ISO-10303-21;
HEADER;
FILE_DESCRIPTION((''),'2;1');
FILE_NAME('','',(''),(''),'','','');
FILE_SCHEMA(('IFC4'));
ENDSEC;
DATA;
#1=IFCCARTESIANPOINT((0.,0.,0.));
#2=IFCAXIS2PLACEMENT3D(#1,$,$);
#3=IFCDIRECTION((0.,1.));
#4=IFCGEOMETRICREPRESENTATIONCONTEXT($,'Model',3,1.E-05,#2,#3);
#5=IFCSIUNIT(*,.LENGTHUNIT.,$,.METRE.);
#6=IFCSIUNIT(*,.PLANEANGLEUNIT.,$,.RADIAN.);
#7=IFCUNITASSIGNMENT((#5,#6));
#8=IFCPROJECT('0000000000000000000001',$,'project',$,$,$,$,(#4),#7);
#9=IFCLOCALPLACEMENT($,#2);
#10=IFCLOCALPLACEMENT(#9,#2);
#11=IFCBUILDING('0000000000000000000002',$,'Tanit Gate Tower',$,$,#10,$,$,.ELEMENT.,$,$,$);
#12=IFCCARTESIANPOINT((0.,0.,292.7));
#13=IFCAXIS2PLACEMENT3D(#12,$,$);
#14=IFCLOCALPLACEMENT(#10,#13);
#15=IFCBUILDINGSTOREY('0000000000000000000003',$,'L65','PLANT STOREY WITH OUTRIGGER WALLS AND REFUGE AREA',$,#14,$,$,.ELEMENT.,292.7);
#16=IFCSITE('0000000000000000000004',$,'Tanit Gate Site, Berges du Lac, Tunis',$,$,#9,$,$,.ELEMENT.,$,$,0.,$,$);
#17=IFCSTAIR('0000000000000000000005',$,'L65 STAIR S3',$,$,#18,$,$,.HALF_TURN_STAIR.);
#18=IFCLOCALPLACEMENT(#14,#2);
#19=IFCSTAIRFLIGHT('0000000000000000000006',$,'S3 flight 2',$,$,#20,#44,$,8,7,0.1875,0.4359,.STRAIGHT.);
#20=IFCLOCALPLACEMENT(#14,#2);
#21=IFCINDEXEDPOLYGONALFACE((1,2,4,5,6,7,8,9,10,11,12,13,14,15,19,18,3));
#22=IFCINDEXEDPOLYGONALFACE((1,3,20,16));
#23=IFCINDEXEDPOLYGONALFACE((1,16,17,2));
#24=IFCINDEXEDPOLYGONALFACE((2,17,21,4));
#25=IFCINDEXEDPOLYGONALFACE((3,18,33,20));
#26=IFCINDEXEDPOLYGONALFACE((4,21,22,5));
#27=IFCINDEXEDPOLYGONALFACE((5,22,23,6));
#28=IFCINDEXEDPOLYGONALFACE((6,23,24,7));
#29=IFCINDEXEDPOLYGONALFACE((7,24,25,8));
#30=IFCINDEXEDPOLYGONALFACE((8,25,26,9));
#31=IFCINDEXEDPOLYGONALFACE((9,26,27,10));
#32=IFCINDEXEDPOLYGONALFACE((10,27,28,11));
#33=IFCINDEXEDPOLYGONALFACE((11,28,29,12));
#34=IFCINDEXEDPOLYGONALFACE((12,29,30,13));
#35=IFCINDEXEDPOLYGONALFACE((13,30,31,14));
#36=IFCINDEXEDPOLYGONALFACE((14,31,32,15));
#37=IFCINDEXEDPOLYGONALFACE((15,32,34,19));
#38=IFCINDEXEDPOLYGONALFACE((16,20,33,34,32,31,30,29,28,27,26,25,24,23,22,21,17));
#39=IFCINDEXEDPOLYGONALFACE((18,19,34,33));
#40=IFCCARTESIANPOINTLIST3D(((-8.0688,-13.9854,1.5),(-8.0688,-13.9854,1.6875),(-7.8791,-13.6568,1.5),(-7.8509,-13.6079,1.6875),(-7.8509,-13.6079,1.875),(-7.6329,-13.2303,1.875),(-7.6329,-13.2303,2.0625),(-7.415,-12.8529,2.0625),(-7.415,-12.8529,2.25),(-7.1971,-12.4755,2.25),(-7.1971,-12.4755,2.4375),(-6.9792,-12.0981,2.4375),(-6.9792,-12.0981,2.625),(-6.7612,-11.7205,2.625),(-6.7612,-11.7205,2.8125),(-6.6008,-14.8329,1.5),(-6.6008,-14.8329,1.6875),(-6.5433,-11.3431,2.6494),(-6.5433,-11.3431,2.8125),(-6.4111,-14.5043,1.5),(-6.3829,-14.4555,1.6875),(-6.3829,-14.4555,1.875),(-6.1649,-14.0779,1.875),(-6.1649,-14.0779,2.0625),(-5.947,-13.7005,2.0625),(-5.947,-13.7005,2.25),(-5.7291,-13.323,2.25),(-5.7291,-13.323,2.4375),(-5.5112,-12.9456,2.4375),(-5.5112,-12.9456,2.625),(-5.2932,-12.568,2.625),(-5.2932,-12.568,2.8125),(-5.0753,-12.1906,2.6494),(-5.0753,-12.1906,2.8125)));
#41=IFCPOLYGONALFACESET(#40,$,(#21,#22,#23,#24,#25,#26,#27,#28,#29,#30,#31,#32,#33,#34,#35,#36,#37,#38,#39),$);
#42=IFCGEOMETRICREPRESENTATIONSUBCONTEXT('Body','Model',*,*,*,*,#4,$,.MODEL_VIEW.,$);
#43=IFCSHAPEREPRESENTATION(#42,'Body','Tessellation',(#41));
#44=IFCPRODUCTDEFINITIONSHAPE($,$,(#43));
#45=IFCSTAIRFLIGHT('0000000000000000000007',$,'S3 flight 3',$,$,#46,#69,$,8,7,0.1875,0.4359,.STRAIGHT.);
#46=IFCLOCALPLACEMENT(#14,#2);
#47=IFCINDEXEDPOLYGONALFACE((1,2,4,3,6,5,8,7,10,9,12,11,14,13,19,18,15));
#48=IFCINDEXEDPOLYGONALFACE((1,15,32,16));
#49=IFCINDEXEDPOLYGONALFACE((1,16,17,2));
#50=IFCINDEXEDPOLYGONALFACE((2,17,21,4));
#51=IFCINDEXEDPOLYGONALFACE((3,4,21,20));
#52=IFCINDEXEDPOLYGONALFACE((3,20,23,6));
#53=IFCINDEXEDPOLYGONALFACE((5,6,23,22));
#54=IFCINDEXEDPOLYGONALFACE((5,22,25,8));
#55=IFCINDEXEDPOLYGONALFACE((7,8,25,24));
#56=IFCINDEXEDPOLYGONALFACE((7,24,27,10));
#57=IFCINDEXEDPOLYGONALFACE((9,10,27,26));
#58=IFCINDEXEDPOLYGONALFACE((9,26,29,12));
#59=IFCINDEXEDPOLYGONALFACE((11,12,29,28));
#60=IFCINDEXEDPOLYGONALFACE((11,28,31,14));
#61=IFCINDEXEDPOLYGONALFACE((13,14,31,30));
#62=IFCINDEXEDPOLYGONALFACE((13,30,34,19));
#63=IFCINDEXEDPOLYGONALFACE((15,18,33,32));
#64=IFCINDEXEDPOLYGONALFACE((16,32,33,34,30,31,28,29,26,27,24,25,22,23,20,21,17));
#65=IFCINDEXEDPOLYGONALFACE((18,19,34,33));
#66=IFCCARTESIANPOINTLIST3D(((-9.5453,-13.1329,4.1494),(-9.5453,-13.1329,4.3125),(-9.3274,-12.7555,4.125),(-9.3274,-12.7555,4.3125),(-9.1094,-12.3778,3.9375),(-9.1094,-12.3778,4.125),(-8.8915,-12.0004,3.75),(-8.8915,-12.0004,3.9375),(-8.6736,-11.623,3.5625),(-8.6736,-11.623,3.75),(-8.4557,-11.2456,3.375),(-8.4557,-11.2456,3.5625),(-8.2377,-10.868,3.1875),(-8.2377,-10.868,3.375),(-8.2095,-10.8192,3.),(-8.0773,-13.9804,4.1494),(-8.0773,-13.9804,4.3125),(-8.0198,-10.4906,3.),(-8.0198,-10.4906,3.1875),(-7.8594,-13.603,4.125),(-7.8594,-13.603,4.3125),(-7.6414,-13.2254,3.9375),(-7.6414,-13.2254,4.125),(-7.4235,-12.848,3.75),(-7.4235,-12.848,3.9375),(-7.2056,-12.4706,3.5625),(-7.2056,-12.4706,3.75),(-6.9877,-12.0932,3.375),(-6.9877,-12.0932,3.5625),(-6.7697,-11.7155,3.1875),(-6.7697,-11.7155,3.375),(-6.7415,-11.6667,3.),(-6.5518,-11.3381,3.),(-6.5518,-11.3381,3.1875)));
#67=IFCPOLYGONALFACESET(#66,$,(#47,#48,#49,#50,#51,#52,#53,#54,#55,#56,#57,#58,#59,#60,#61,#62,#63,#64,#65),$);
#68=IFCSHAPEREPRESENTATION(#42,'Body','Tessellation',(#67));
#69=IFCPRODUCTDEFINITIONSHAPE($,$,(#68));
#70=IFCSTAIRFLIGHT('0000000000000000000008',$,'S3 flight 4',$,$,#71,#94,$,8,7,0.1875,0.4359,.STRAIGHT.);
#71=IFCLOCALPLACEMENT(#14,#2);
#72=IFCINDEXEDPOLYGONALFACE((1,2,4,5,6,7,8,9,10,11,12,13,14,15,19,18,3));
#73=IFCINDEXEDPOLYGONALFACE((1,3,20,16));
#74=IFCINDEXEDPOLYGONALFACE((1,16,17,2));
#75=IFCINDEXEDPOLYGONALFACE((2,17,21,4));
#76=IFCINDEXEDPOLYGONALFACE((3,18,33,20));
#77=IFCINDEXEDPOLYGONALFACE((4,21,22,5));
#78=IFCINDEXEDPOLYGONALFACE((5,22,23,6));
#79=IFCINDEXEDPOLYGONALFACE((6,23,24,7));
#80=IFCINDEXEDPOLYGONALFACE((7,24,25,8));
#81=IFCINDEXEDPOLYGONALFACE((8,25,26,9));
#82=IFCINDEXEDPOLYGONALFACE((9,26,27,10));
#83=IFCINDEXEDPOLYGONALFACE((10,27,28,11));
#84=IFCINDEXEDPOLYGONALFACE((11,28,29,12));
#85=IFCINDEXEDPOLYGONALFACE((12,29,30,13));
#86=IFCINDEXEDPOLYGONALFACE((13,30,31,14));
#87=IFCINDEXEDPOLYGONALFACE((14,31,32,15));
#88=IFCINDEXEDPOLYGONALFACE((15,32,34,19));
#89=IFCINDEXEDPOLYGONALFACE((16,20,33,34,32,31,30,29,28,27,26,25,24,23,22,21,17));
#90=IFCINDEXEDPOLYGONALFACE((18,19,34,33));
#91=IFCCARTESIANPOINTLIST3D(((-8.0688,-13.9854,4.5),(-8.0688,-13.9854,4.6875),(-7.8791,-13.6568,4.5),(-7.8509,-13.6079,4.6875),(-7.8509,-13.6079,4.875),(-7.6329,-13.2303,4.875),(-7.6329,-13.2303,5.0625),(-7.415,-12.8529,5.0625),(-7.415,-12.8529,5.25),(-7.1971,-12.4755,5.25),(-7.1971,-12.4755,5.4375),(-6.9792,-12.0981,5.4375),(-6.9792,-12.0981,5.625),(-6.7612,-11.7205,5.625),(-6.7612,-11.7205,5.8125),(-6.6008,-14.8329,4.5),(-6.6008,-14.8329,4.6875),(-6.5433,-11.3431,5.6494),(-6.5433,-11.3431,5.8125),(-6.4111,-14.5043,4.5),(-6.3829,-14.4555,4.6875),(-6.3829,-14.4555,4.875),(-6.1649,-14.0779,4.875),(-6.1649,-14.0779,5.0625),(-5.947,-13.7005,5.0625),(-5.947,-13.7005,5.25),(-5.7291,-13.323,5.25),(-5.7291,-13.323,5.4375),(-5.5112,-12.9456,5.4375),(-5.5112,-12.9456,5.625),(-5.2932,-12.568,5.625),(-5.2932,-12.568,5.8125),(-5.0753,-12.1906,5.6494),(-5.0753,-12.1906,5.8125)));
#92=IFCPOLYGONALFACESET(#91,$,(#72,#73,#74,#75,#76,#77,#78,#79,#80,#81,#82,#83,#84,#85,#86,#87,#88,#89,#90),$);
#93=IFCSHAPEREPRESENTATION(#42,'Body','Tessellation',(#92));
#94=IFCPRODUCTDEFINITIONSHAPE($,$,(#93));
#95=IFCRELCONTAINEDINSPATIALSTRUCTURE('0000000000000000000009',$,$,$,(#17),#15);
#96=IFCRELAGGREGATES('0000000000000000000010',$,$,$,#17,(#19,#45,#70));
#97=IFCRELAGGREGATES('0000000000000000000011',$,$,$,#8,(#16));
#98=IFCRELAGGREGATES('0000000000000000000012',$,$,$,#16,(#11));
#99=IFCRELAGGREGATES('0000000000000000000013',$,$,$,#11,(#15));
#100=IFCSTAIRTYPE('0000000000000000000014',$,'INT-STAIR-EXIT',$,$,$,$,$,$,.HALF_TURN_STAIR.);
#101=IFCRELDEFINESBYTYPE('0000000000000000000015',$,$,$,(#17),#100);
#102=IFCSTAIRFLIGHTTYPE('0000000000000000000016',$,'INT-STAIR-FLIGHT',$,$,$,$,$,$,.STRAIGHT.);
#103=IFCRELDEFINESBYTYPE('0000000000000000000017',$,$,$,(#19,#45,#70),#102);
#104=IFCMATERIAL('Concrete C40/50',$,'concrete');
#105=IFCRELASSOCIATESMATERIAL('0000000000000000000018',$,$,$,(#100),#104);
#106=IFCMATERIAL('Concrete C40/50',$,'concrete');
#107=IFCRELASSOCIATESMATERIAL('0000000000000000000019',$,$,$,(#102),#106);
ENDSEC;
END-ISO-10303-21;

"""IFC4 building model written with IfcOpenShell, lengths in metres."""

from ifc_helpers import new_model, si_unit, direction, frame, origin, place, context, subcontext, project, spatial, polyline, outline, extrude, material, type_object, element, aggregate, save


model = new_model("IFC4")

# Units and contexts
model_context = context("Model", 3, precision=1e-05, world=origin(), true_north=direction((0.0, 1.0)))
body_context = subcontext(model_context, "Body", "Model", "MODEL_VIEW")
ifc_project = project(units=[si_unit("LENGTHUNIT", "METRE"), si_unit("PLANEANGLEUNIT", "RADIAN")], contexts=[model_context])

# Site, building, storey
site_placement = place(None, origin())
site = spatial("IfcSite", under=ifc_project, at=site_placement, Name="Tanit Gate Site, Berges du Lac, Tunis", CompositionType="ELEMENT", RefElevation=0.0)
building_placement = place(site_placement, origin())
building = spatial("IfcBuilding", under=site, at=building_placement, Name="Tanit Gate Tower", CompositionType="ELEMENT")
storey_placement = place(building_placement, frame((0.0, 0.0, 292.7)))
storey = spatial("IfcBuildingStorey", under=building, at=storey_placement, Name="L65", Description="PLANT STOREY WITH OUTRIGGER WALLS AND REFUGE AREA", CompositionType="ELEMENT", Elevation=292.7)

# Stair, stair flights
ifc_material_1 = material(Name="Concrete C40/50", Category="concrete")
stair_type = type_object("IfcStairType", Name="INT-STAIR-EXIT", PredefinedType="HALF_TURN_STAIR", material=ifc_material_1)
stair_placement = place(storey_placement, origin())
stair = element("IfcStair", 1, at=stair_placement, inside=storey, type_object=stair_type, Name="L65 STAIR S3", PredefinedType="HALF_TURN_STAIR")
ifc_material_2 = material(Name="Concrete C40/50", Category="concrete")
stair_flight_type = type_object("IfcStairFlightType", Name="INT-STAIR-FLIGHT", PredefinedType="STRAIGHT", material=ifc_material_2)
stair_flight_1_placement = place(storey_placement, frame((-7.3347, -14.4092, 1.5), z_axis=(0.0, 0.0, 1.0), x_axis=(0.5, 0.866025, 0.0)))
stair_flight_1 = element("IfcStairFlight", 2, at=stair_flight_1_placement, type_object=stair_flight_type, Name="S3 flight 2", NumberOfRisers=8, NumberOfTreads=7, PredefinedType="STRAIGHT", RiserHeight=0.1875, TreadLength=0.4359, context=body_context, shape_type="SweptSolid", body=[
    extrude(outline(polyline([(0.0, 0.0), (0.0, 0.1875), (0.4358, 0.1875), (0.4358, 0.375), (0.8718, 0.375), (0.8718, 0.5625), (1.3076, 0.5625), (1.3076, 0.75), (1.7434, 0.75), (1.7434, 0.9375), (2.1792, 0.9375), (2.1792, 1.125), (2.6152, 1.125), (2.6152, 1.3125), (3.051, 1.3125), (3.051, 1.5), (3.051, 1.1494), (0.3794, 0.0), (0.0, 0.0)])), frame((0.0, 0.8477, 0.0), z_axis=(0.0, -1.0, 0.0), x_axis=(1.0, 0.0, 0.0)), (0.0, 0.0, 1.0), 1.6951),
])
stair_flight_2_placement = place(storey_placement, frame((-7.2859, -10.9143, 3.0), z_axis=(0.0, 0.0, 1.0), x_axis=(-0.5, -0.866025, 0.0)))
stair_flight_2 = element("IfcStairFlight", 3, at=stair_flight_2_placement, type_object=stair_flight_type, Name="S3 flight 3", NumberOfRisers=8, NumberOfTreads=7, PredefinedType="STRAIGHT", RiserHeight=0.1875, TreadLength=0.4359, context=body_context, shape_type="SweptSolid", body=[
    extrude(outline(polyline([(0.0, 0.0), (0.0, 0.1875), (0.4358, 0.1875), (0.4358, 0.375), (0.8718, 0.375), (0.8718, 0.5625), (1.3076, 0.5625), (1.3076, 0.75), (1.7434, 0.75), (1.7434, 0.9375), (2.1792, 0.9375), (2.1792, 1.125), (2.6152, 1.125), (2.6152, 1.3125), (3.051, 1.3125), (3.051, 1.5), (3.051, 1.1494), (0.3794, 0.0), (0.0, 0.0)])), frame((0.0, 0.8477, 0.0), z_axis=(0.0, -1.0, 0.0), x_axis=(1.0, 0.0, 0.0)), (0.0, 0.0, 1.0), 1.6951),
])
stair_flight_3_placement = place(storey_placement, frame((-7.3347, -14.4092, 4.5), z_axis=(0.0, 0.0, 1.0), x_axis=(0.5, 0.866025, 0.0)))
stair_flight_3 = element("IfcStairFlight", 4, at=stair_flight_3_placement, type_object=stair_flight_type, Name="S3 flight 4", NumberOfRisers=8, NumberOfTreads=7, PredefinedType="STRAIGHT", RiserHeight=0.1875, TreadLength=0.4359, context=body_context, shape_type="SweptSolid", body=[
    extrude(outline(polyline([(0.0, 0.0), (0.0, 0.1875), (0.4358, 0.1875), (0.4358, 0.375), (0.8718, 0.375), (0.8718, 0.5625), (1.3076, 0.5625), (1.3076, 0.75), (1.7434, 0.75), (1.7434, 0.9375), (2.1792, 0.9375), (2.1792, 1.125), (2.6152, 1.125), (2.6152, 1.3125), (3.051, 1.3125), (3.051, 1.5), (3.051, 1.1494), (0.3794, 0.0), (0.0, 0.0)])), frame((0.0, 0.8477, 0.0), z_axis=(0.0, -1.0, 0.0), x_axis=(1.0, 0.0, 0.0)), (0.0, 0.0, 1.0), 1.6951),
])
aggregate(stair, [stair_flight_1, stair_flight_2, stair_flight_3])

save(model, "model.ifc")
